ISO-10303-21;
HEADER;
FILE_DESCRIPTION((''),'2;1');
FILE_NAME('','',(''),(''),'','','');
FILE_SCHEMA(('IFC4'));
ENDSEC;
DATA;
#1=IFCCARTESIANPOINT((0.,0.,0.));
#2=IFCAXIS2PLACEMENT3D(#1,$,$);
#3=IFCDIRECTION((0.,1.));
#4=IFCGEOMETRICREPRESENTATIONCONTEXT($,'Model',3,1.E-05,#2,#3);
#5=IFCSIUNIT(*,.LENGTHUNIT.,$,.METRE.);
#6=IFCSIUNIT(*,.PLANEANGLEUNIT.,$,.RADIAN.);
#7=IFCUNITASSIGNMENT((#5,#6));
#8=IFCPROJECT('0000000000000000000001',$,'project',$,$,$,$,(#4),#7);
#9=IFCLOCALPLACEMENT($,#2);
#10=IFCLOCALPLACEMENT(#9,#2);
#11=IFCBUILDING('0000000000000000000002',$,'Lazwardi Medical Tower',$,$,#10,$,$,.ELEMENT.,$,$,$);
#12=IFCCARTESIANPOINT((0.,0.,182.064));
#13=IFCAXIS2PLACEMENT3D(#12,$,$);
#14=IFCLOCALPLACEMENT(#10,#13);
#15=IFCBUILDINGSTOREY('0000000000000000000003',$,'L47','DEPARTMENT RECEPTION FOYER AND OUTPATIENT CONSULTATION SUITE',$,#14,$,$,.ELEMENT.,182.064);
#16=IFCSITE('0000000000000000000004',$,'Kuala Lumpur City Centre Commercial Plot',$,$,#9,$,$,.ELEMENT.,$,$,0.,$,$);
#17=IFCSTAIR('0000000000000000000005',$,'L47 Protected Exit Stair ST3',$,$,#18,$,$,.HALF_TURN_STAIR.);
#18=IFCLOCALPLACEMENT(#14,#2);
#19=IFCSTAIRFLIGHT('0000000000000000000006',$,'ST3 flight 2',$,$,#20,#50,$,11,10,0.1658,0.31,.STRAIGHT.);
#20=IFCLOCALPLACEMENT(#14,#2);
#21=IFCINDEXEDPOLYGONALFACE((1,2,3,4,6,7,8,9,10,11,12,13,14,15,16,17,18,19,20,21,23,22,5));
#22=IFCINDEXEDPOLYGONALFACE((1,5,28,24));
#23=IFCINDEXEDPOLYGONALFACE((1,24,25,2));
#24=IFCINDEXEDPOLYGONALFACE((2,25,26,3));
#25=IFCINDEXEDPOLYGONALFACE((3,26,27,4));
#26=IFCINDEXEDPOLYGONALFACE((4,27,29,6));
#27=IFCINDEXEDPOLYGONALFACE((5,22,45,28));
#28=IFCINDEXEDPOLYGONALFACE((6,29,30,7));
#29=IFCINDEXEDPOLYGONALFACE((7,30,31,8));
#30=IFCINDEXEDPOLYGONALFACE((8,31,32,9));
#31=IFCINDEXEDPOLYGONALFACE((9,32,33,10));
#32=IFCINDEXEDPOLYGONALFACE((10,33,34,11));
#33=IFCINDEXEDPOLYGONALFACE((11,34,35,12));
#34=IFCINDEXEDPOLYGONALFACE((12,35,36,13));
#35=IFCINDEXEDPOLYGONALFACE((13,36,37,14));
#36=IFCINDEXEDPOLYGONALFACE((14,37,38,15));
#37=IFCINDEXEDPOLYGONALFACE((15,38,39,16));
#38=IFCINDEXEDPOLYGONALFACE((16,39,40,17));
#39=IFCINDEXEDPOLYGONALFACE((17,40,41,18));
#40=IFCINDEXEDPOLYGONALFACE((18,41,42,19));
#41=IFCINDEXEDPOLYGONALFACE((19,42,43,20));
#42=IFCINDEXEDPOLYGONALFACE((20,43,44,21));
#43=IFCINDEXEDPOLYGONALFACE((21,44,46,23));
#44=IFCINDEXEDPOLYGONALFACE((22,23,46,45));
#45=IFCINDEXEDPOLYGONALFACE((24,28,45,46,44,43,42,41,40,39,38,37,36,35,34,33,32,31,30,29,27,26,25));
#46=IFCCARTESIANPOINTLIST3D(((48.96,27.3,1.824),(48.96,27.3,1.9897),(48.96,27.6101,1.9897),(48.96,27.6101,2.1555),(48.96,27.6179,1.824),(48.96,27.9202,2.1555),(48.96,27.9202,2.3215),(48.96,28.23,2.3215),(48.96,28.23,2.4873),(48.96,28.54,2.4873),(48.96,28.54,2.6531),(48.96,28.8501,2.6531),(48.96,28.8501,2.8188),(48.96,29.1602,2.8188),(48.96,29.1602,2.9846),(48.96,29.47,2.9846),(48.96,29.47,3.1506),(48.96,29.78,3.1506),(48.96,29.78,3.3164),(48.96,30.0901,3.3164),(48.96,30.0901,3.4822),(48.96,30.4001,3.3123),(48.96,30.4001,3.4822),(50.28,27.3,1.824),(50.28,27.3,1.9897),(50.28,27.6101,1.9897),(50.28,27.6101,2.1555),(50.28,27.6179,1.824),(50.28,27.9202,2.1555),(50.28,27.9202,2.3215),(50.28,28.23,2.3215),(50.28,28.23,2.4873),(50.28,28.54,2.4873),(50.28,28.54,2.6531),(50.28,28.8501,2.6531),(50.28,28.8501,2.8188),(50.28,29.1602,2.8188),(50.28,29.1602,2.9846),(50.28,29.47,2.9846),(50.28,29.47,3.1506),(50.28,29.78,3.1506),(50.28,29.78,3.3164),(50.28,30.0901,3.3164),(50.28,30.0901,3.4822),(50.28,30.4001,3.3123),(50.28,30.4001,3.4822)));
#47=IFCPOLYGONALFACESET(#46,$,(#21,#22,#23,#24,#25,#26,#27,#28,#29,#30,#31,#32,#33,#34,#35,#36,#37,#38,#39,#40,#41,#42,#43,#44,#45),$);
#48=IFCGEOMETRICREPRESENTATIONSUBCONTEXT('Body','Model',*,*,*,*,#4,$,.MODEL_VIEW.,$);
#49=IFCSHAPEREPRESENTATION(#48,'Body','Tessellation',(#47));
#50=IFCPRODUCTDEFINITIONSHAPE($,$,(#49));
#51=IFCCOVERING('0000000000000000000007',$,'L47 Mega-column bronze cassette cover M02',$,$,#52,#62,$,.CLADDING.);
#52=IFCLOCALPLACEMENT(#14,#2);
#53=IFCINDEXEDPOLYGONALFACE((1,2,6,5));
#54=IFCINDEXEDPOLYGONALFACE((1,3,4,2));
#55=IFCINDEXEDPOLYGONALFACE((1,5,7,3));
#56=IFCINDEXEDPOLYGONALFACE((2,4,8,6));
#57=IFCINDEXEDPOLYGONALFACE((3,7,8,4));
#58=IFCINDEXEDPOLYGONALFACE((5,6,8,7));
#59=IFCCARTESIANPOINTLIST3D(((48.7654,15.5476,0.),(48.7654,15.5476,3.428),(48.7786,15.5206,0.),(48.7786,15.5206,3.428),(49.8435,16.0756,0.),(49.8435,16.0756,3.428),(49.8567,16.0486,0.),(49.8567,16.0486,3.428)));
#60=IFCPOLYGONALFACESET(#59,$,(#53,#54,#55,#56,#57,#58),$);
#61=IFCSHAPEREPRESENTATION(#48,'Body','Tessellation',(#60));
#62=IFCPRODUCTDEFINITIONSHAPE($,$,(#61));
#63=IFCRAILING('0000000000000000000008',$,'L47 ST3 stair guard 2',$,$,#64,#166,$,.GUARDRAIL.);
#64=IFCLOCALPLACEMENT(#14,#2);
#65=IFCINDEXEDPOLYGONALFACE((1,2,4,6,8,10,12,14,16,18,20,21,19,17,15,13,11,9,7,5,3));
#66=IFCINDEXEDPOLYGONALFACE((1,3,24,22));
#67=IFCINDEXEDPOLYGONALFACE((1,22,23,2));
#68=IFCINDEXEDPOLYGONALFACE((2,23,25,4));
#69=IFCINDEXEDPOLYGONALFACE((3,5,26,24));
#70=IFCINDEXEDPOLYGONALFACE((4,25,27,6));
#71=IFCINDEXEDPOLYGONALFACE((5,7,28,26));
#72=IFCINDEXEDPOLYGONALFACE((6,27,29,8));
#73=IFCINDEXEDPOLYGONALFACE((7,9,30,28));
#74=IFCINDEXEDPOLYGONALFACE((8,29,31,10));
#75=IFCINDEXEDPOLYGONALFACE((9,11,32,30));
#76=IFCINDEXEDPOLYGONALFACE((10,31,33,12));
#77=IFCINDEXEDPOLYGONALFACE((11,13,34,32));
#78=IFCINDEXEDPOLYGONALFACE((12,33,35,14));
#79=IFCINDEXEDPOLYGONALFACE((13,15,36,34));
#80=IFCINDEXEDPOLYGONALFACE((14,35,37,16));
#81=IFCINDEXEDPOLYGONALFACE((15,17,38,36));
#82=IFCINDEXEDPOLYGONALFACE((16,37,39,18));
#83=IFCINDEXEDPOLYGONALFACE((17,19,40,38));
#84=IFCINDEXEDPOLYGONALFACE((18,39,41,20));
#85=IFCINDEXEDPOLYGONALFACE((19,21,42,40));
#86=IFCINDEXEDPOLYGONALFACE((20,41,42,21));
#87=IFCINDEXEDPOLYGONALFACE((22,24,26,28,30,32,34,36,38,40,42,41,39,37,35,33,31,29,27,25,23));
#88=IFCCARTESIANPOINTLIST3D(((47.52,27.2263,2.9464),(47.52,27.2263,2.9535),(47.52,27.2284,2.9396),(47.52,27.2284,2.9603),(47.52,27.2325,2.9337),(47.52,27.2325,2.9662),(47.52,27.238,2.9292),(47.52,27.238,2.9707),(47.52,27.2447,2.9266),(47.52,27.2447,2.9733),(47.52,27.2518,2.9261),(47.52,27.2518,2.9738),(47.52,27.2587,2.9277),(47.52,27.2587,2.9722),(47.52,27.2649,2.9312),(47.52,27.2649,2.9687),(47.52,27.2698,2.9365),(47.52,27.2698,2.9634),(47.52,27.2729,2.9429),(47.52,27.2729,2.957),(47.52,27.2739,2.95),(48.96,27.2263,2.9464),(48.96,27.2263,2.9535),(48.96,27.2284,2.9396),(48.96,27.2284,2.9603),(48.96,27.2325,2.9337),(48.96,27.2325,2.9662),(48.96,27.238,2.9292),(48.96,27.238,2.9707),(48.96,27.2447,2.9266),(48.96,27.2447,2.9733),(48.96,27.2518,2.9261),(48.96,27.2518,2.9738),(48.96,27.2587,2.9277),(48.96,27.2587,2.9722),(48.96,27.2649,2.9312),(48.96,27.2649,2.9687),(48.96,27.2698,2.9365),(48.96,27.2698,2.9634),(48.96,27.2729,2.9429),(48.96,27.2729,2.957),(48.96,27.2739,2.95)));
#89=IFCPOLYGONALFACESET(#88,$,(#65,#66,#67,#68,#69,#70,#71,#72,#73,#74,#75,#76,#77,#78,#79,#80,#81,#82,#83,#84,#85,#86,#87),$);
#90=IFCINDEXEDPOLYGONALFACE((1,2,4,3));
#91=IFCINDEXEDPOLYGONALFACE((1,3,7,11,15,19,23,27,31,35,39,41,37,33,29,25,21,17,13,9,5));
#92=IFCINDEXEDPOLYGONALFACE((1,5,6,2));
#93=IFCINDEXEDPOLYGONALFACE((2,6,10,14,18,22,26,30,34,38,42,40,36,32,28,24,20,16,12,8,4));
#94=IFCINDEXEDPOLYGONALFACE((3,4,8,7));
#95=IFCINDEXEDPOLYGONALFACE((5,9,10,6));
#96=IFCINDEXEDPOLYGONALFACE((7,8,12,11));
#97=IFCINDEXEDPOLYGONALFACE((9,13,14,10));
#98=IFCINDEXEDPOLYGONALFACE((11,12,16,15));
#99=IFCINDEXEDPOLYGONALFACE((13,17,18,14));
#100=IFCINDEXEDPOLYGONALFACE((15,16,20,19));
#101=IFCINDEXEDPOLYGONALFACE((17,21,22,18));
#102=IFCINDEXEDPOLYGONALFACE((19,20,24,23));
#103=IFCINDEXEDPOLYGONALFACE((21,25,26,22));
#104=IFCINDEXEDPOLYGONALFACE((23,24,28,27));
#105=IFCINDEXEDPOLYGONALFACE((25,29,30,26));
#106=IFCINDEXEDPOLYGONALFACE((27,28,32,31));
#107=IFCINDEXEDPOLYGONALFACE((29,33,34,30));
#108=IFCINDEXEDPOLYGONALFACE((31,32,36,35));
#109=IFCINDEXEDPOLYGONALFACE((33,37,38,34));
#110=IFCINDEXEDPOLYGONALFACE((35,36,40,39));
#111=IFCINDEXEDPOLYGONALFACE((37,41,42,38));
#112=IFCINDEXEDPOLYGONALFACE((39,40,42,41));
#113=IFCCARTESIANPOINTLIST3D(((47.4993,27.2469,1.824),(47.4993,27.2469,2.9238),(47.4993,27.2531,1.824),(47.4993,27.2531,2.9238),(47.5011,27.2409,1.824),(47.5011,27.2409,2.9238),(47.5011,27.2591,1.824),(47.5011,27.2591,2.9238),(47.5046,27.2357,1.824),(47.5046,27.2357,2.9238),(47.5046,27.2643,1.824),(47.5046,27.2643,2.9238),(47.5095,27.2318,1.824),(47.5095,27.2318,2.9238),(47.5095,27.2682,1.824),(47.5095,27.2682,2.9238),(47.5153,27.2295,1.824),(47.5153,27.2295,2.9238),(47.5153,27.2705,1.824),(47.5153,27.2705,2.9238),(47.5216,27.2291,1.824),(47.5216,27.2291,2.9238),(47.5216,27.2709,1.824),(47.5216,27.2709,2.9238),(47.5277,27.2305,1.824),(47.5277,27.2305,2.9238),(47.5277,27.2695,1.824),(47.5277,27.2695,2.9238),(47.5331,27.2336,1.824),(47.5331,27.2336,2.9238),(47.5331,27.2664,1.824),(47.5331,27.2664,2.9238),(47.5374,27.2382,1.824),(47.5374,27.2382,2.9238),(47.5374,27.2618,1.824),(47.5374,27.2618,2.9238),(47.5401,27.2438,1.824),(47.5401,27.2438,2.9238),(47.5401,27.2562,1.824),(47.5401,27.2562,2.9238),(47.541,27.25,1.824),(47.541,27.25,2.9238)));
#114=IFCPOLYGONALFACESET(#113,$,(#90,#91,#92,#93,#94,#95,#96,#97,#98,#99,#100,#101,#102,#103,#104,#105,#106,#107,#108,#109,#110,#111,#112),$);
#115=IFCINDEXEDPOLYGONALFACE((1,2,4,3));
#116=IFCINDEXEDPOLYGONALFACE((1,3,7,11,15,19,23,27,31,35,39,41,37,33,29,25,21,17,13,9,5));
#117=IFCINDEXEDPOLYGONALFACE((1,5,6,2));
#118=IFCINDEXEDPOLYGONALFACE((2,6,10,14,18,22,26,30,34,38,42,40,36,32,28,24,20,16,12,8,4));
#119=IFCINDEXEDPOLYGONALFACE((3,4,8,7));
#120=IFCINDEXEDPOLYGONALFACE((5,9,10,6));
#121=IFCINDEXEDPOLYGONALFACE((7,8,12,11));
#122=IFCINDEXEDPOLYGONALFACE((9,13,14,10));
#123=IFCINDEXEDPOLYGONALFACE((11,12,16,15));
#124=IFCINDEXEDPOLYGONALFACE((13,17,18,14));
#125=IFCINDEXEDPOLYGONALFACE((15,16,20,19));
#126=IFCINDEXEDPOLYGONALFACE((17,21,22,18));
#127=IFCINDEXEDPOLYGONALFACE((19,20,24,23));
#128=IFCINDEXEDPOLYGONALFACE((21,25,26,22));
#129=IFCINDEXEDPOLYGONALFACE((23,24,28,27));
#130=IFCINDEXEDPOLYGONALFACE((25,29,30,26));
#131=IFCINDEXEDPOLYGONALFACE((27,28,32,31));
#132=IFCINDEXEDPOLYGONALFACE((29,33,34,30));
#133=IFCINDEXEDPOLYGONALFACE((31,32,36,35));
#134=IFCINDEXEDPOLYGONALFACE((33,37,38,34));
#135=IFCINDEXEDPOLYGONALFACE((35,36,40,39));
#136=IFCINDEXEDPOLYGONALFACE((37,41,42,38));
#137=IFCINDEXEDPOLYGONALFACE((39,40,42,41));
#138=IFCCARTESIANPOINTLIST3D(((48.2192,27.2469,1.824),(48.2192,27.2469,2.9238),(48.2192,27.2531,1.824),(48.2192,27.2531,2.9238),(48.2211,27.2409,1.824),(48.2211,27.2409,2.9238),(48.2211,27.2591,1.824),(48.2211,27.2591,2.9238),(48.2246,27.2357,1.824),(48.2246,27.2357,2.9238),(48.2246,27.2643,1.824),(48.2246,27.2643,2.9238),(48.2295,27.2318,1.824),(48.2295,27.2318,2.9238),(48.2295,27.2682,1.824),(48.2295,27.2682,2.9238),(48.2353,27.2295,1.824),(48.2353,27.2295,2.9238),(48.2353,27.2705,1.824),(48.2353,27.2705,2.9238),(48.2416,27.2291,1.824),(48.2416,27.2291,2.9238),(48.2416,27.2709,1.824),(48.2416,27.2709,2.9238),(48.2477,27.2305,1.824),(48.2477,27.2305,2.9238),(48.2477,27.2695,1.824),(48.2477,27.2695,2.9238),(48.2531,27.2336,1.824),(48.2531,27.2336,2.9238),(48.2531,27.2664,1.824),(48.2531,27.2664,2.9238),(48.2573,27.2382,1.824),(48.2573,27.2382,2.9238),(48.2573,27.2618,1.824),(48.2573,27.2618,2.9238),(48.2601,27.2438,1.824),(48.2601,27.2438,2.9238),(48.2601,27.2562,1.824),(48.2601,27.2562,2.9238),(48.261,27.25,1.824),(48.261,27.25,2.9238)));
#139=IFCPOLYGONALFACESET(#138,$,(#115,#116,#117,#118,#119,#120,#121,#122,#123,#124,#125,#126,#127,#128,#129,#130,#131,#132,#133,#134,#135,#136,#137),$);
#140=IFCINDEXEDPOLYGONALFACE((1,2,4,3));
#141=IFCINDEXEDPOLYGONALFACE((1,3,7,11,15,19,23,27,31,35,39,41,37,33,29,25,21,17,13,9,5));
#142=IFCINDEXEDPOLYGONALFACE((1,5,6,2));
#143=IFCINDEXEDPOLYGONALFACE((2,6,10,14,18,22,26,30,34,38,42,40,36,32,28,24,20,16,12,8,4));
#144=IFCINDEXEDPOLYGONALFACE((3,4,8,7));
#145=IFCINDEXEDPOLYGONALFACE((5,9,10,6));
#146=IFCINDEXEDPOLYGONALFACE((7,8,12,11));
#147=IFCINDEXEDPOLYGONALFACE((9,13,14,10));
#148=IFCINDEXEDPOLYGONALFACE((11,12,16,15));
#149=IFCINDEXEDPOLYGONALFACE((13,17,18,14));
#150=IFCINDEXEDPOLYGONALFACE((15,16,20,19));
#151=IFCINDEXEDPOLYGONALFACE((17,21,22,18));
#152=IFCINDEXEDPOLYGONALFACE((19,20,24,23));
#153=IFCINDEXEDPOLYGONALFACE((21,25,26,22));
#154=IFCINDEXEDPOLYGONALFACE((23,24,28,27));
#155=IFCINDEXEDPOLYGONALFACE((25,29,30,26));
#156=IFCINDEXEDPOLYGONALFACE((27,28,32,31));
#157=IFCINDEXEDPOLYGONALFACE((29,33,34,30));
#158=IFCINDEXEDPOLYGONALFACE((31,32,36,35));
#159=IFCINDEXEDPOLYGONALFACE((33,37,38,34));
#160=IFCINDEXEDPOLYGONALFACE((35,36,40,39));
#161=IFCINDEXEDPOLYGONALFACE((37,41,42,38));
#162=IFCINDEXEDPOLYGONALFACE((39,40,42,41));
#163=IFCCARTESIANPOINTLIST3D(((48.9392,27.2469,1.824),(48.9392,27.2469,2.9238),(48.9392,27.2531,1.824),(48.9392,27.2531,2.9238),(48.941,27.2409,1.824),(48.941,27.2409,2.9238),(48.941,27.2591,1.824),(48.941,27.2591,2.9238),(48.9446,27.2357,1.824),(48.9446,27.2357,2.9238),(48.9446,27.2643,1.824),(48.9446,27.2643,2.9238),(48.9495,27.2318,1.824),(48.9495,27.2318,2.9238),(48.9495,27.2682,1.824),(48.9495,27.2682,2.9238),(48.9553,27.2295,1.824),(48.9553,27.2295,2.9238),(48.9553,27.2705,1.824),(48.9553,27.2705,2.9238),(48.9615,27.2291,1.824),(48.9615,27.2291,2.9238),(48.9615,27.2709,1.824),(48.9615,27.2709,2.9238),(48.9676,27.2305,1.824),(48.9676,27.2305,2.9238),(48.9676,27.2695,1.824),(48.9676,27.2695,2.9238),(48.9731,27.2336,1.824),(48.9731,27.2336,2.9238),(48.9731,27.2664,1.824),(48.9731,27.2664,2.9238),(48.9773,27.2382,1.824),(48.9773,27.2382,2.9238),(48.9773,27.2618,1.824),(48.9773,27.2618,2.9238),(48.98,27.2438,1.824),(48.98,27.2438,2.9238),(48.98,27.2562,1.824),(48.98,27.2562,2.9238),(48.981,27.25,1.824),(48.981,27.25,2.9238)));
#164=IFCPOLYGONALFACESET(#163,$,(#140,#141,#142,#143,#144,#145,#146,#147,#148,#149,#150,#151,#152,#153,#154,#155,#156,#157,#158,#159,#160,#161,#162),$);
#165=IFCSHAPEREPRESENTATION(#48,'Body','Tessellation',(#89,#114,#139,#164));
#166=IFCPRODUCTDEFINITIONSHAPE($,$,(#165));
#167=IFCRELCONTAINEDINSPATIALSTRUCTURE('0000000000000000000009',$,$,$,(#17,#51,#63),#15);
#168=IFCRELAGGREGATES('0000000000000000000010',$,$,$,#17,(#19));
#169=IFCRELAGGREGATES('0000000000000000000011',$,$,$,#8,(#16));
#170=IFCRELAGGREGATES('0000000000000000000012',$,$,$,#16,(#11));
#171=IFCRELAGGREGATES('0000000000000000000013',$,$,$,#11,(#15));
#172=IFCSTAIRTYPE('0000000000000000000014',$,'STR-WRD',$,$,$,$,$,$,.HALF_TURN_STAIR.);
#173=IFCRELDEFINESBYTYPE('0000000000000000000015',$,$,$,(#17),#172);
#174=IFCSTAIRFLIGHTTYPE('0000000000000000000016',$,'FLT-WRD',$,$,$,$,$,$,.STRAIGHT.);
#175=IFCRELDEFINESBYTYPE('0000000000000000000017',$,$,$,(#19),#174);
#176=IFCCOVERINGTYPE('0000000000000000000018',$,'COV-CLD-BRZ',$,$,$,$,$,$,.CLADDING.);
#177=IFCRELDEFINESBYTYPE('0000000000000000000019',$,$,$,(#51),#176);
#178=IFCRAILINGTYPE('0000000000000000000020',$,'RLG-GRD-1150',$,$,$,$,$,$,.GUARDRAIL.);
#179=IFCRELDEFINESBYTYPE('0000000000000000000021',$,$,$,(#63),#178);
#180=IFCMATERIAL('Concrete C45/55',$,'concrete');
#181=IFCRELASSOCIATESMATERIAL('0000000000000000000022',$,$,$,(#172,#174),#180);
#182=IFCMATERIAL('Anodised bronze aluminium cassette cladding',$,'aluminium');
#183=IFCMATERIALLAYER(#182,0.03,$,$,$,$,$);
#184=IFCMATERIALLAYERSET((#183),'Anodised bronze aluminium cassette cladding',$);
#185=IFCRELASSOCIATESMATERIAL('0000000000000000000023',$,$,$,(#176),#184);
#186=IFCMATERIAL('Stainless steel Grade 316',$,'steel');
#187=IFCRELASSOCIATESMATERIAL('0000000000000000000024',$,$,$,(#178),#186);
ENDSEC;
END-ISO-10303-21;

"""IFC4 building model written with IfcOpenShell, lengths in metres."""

from ifc_helpers import new_model, si_unit, direction, frame, origin, origin_2d, place, context, subcontext, project, spatial, polyline, rectangle, circle, outline, extrude, material, layer, layer_set, type_object, element, aggregate, save


model = new_model("IFC4")

# Units and contexts
model_context = context("Model", 3, precision=1e-05, world=origin(), true_north=direction((0.0, 1.0)))
body_context = subcontext(model_context, "Body", "Model", "MODEL_VIEW")
ifc_project = project(units=[si_unit("LENGTHUNIT", "METRE"), si_unit("PLANEANGLEUNIT", "RADIAN")], contexts=[model_context])

# Site, building, storey
site_placement = place(None, origin())
site = spatial("IfcSite", under=ifc_project, at=site_placement, Name="Kuala Lumpur City Centre Commercial Plot", CompositionType="ELEMENT", RefElevation=0.0)
building_placement = place(site_placement, origin())
building = spatial("IfcBuilding", under=site, at=building_placement, Name="Lazwardi Medical Tower", CompositionType="ELEMENT")
storey_placement = place(building_placement, frame((0.0, 0.0, 182.064)))
storey = spatial("IfcBuildingStorey", under=building, at=storey_placement, Name="L47", Description="DEPARTMENT RECEPTION FOYER AND OUTPATIENT CONSULTATION SUITE", CompositionType="ELEMENT", Elevation=182.064)

# Stair, stair flight
ifc_material_1 = material(Name="Concrete C45/55", Category="concrete")
stair_type = type_object("IfcStairType", Name="STR-WRD", PredefinedType="HALF_TURN_STAIR", material=ifc_material_1)
stair_placement = place(storey_placement, origin())
stair = element("IfcStair", 1, at=stair_placement, inside=storey, type_object=stair_type, Name="L47 Protected Exit Stair ST3", PredefinedType="HALF_TURN_STAIR")
stair_flight_type = type_object("IfcStairFlightType", Name="FLT-WRD", PredefinedType="STRAIGHT", material=ifc_material_1)
stair_flight_placement = place(storey_placement, frame((49.6201, 27.3, 1.824), z_axis=(0.0, 0.0, 1.0), x_axis=(0.0, 1.0, 0.0)))
stair_flight = element("IfcStairFlight", 2, at=stair_flight_placement, type_object=stair_flight_type, Name="ST3 flight 2", NumberOfRisers=11, NumberOfTreads=10, PredefinedType="STRAIGHT", RiserHeight=0.1658, TreadLength=0.31, context=body_context, shape_type="SweptSolid", body=[
    extrude(outline(polyline([(0.0, 0.0), (0.0, 0.1658), (0.3101, 0.1658), (0.3101, 0.3315), (0.6201, 0.3315), (0.6201, 0.4976), (0.9299, 0.4976), (0.9299, 0.6633), (1.24, 0.6633), (1.24, 0.8291), (1.55, 0.8291), (1.55, 0.9949), (1.8601, 0.9949), (1.8601, 1.1606), (2.1699, 1.1606), (2.1699, 1.3267), (2.48, 1.3267), (2.48, 1.4924), (2.79, 1.4924), (2.79, 1.6582), (3.1001, 1.6582), (3.1001, 1.824), (3.1001, 1.4883), (0.3179, 0.0), (0.0, 0.0)])), frame((0.0, 0.6602, 0.0), z_axis=(0.0, -1.0, 0.0), x_axis=(1.0, 0.0, 0.0)), (0.0, 0.0, 1.0), 1.3201),
])
aggregate(stair, [stair_flight])

# Covering
ifc_material_2 = material(Name="Anodised bronze aluminium cassette cladding", Category="aluminium")
ifc_layer_1 = layer(ifc_material_2, 0.03)
ifc_layer_set_1 = layer_set([ifc_layer_1], Name="Anodised bronze aluminium cassette cladding")
covering_type = type_object("IfcCoveringType", Name="COV-CLD-BRZ", PredefinedType="CLADDING", material=ifc_layer_set_1)
covering_placement = place(storey_placement, frame((49.311, 15.7981, 0.0), z_axis=(0.0, 0.0, 1.0), x_axis=(0.898079, 0.439834, 0.0)))
element("IfcCovering", 3, at=covering_placement, inside=storey, type_object=covering_type, Name="L47 Mega-column bronze cassette cover M02", PredefinedType="CLADDING", context=body_context, shape_type="SweptSolid", body=[
    extrude(rectangle(XDim=1.2004, YDim=0.03, at=origin_2d()), origin(), (0.0, 0.0, 1.0), 3.428),
])

# Railing
ifc_material_3 = material(Name="Stainless steel Grade 316", Category="steel")
railing_type_1 = type_object("IfcRailingType", Name="RLG-GRD-1150", PredefinedType="GUARDRAIL", material=ifc_material_3)
railing_1_placement = place(storey_placement, frame((47.52, 27.25, 1.824)))
element("IfcRailing", 4, at=railing_1_placement, inside=storey, type_object=railing_type_1, Name="L47 ST3 stair guard 2", PredefinedType="GUARDRAIL", context=body_context, shape_type="SweptSolid", body=[
    extrude(circle(Radius=0.0239, at=origin_2d()), frame((0.0, 0.0, 1.126), z_axis=(1.0, 0.0, 0.0), x_axis=(0.0, 1.0, 0.0)), (0.0, 0.0, 1.0), 1.4399),
    extrude(circle(Radius=0.021, at=origin_2d()), origin(), (0.0, 0.0, 1.0), 1.0999),
    extrude(circle(Radius=0.021, at=origin_2d()), frame((0.72, 0.0, 0.0)), (0.0, 0.0, 1.0), 1.0999),
    extrude(circle(Radius=0.021, at=origin_2d()), frame((1.4399, 0.0, 0.0)), (0.0, 0.0, 1.0), 1.0999),
])

save(model, "model.ifc")
